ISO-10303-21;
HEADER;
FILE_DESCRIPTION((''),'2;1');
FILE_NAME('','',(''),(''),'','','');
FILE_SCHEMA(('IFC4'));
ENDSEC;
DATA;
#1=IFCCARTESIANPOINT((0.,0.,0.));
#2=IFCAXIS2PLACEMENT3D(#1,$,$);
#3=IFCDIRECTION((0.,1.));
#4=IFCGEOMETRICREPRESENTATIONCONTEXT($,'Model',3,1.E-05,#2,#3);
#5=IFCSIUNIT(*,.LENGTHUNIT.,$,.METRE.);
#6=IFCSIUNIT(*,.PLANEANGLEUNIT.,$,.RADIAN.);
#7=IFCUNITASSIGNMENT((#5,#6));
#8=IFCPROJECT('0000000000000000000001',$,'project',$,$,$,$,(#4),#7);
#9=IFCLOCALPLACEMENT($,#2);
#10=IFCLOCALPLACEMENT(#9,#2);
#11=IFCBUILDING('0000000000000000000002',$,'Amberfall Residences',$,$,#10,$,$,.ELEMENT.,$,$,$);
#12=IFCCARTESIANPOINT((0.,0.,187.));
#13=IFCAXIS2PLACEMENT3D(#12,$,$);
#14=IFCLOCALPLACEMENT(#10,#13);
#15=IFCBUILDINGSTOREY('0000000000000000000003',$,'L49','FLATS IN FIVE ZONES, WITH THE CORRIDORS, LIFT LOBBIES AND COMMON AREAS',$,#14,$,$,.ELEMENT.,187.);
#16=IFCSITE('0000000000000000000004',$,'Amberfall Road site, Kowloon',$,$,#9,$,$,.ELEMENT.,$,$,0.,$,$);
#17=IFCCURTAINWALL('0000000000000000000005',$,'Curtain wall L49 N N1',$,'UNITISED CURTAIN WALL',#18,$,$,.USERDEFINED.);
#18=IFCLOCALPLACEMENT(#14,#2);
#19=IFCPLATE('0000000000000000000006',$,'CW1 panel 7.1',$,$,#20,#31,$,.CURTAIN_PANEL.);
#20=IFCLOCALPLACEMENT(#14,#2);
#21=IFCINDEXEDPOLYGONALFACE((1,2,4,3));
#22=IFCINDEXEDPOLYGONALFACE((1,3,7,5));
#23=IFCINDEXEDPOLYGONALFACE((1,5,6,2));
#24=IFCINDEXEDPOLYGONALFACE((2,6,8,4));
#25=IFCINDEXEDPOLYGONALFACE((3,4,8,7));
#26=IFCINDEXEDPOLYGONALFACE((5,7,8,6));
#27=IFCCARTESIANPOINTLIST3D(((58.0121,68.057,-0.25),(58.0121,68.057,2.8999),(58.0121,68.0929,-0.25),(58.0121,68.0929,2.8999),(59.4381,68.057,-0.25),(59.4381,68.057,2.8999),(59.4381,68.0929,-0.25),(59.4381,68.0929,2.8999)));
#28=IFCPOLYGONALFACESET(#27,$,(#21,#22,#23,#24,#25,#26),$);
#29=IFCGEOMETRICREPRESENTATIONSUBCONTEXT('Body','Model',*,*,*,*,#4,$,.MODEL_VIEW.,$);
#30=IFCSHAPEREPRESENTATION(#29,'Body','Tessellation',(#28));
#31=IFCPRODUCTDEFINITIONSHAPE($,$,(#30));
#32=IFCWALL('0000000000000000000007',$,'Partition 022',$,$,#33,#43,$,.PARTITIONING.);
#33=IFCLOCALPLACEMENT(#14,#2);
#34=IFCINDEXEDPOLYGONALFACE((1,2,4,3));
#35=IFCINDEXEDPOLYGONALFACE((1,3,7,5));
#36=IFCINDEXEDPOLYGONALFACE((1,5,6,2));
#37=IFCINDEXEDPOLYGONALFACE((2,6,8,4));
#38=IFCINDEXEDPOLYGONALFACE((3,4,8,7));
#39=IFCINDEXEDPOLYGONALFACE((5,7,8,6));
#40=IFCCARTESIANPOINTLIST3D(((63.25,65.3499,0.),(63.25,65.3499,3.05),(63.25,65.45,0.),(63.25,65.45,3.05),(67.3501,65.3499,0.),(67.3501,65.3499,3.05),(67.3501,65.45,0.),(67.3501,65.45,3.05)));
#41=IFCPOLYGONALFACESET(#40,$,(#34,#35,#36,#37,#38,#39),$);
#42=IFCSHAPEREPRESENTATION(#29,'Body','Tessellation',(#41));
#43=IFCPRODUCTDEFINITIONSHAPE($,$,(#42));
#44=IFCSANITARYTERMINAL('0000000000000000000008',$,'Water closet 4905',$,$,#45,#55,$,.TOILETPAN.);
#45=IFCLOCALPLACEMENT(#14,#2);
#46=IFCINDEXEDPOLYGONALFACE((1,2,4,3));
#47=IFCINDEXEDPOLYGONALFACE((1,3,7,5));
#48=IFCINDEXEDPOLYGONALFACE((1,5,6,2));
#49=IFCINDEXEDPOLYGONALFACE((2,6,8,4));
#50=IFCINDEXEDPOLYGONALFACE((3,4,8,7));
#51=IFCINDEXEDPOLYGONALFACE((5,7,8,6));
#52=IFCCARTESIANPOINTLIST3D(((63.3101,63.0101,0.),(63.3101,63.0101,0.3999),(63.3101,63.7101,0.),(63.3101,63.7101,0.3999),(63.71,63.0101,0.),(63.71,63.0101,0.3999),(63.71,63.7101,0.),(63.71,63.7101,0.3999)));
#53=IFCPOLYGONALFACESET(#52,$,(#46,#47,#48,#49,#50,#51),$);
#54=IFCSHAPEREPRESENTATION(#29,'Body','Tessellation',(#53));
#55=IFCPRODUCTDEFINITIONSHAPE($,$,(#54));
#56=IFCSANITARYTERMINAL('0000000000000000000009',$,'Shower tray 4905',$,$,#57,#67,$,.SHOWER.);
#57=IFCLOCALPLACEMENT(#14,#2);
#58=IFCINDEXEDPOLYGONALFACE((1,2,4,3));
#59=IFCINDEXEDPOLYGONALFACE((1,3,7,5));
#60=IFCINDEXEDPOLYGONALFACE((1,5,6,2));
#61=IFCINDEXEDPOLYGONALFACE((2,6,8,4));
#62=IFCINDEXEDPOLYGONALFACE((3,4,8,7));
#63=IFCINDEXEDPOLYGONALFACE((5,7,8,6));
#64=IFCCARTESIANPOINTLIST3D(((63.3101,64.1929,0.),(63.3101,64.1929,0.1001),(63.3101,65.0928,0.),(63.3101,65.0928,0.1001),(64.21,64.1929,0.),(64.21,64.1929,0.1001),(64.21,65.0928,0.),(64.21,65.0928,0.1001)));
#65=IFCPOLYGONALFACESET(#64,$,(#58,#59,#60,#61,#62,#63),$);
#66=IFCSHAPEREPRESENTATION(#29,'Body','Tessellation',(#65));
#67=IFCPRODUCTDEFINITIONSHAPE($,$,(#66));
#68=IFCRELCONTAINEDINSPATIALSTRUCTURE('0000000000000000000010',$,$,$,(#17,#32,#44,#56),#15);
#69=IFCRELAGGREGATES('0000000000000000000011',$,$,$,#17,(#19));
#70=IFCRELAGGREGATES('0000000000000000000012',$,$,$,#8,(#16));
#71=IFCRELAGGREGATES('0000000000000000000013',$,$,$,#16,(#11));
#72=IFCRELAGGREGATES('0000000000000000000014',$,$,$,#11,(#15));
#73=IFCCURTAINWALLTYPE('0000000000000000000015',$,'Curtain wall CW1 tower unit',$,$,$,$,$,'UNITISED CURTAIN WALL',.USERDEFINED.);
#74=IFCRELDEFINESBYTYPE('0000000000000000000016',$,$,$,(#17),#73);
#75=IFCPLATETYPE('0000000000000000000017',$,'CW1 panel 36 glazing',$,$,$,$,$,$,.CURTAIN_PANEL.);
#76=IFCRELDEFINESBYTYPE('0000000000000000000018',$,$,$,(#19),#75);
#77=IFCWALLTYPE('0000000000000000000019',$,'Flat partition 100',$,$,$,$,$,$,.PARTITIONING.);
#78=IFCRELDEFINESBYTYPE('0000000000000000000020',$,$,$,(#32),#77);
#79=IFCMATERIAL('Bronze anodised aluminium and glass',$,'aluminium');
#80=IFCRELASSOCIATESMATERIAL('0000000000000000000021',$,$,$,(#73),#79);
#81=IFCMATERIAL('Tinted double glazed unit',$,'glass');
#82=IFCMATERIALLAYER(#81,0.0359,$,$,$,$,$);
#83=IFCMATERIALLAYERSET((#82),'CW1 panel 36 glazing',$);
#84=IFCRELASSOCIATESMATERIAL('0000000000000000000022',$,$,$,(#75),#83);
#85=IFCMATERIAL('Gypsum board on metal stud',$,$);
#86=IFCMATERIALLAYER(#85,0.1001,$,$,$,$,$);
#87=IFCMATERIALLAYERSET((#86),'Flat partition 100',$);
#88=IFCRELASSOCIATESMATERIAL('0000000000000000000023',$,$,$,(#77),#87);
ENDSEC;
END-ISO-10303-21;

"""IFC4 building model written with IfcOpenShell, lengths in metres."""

from ifc_helpers import new_model, si_unit, direction, frame, frame_2d, origin, origin_2d, place, context, subcontext, project, spatial, rectangle, extrude, material, layer, layer_set, type_object, element, aggregate, save


model = new_model("IFC4")

# Units and contexts
model_context = context("Model", 3, precision=1e-05, world=origin(), true_north=direction((0.0, 1.0)))
body_context = subcontext(model_context, "Body", "Model", "MODEL_VIEW")
ifc_project = project(units=[si_unit("LENGTHUNIT", "METRE"), si_unit("PLANEANGLEUNIT", "RADIAN")], contexts=[model_context])

# Site, building, storey
site_placement = place(None, origin())
site = spatial("IfcSite", under=ifc_project, at=site_placement, Name="Amberfall Road site, Kowloon", CompositionType="ELEMENT", RefElevation=0.0)
building_placement = place(site_placement, origin())
building = spatial("IfcBuilding", under=site, at=building_placement, Name="Amberfall Residences", CompositionType="ELEMENT")
storey_placement = place(building_placement, frame((0.0, 0.0, 187.0)))
storey = spatial("IfcBuildingStorey", under=building, at=storey_placement, Name="L49", Description="FLATS IN FIVE ZONES, WITH THE CORRIDORS, LIFT LOBBIES AND COMMON AREAS", CompositionType="ELEMENT", Elevation=187.0)

# Curtain wall
ifc_material_1 = material(Name="Bronze anodised aluminium and glass", Category="aluminium")
curtain_wall_type = type_object("IfcCurtainWallType", Name="Curtain wall CW1 tower unit", ElementType="UNITISED CURTAIN WALL", PredefinedType="USERDEFINED", material=ifc_material_1)
curtain_wall_placement = place(storey_placement, origin())
curtain_wall = element("IfcCurtainWall", 1, at=curtain_wall_placement, inside=storey, type_object=curtain_wall_type, Name="Curtain wall L49 N N1", ObjectType="UNITISED CURTAIN WALL", PredefinedType="USERDEFINED")

# Plate
ifc_material_2 = material(Name="Tinted double glazed unit", Category="glass")
ifc_layer_1 = layer(ifc_material_2, 0.0359)
ifc_layer_set_1 = layer_set([ifc_layer_1], Name="CW1 panel 36 glazing")
plate_type = type_object("IfcPlateType", Name="CW1 panel 36 glazing", PredefinedType="CURTAIN_PANEL", material=ifc_layer_set_1)
plate_1_placement = place(storey_placement, frame((58.7251, 68.075, -0.25), z_axis=(0.0, 0.0, 1.0), x_axis=(-1.0, 0.0, 0.0)))
plate_1 = element("IfcPlate", 2, at=plate_1_placement, type_object=plate_type, Name="CW1 panel 7.1", PredefinedType="CURTAIN_PANEL", context=body_context, shape_type="SweptSolid", body=[
    extrude(rectangle(XDim=1.426, YDim=0.0359, at=origin_2d()), origin(), (0.0, 0.0, 1.0), 3.1499),
])
aggregate(curtain_wall, [plate_1])

# Wall
ifc_material_3 = material(Name="Gypsum board on metal stud")
ifc_layer_2 = layer(ifc_material_3, 0.1001)
ifc_layer_set_2 = layer_set([ifc_layer_2], Name="Flat partition 100")
wall_type = type_object("IfcWallType", Name="Flat partition 100", PredefinedType="PARTITIONING", material=ifc_layer_set_2)
wall_placement = place(storey_placement, frame((63.25, 65.3999, 0.0), z_axis=(0.0, 0.0, 1.0), x_axis=(1.0, 0.0, 0.0)))
element("IfcWall", 3, at=wall_placement, inside=storey, type_object=wall_type, Name="Partition 022", PredefinedType="PARTITIONING", context=body_context, shape_type="SweptSolid", body=[
    extrude(rectangle(XDim=4.1001, YDim=0.1001, at=frame_2d((2.05, 0.0))), origin(), (0.0, 0.0, 1.0), 3.05),
])

# Sanitary terminals
sanitary_terminal_1_placement = place(storey_placement, frame((63.51, 63.3601, 0.0), z_axis=(0.0, 0.0, 1.0), x_axis=(1.0, 0.0, 0.0)))
element("IfcSanitaryTerminal", 4, at=sanitary_terminal_1_placement, inside=storey, Name="Water closet 4905", PredefinedType="TOILETPAN", context=body_context, shape_type="SweptSolid", body=[
    extrude(rectangle(XDim=0.3999, YDim=0.7, at=origin_2d()), origin(), (0.0, 0.0, 1.0), 0.3999),
])
sanitary_terminal_2_placement = place(storey_placement, frame((63.76, 64.6428, 0.0), z_axis=(0.0, 0.0, 1.0), x_axis=(1.0, 0.0, 0.0)))
element("IfcSanitaryTerminal", 5, at=sanitary_terminal_2_placement, inside=storey, Name="Shower tray 4905", PredefinedType="SHOWER", context=body_context, shape_type="SweptSolid", body=[
    extrude(rectangle(XDim=0.8999, YDim=0.8999, at=origin_2d()), origin(), (0.0, 0.0, 1.0), 0.1001),
])

save(model, "model.ifc")
